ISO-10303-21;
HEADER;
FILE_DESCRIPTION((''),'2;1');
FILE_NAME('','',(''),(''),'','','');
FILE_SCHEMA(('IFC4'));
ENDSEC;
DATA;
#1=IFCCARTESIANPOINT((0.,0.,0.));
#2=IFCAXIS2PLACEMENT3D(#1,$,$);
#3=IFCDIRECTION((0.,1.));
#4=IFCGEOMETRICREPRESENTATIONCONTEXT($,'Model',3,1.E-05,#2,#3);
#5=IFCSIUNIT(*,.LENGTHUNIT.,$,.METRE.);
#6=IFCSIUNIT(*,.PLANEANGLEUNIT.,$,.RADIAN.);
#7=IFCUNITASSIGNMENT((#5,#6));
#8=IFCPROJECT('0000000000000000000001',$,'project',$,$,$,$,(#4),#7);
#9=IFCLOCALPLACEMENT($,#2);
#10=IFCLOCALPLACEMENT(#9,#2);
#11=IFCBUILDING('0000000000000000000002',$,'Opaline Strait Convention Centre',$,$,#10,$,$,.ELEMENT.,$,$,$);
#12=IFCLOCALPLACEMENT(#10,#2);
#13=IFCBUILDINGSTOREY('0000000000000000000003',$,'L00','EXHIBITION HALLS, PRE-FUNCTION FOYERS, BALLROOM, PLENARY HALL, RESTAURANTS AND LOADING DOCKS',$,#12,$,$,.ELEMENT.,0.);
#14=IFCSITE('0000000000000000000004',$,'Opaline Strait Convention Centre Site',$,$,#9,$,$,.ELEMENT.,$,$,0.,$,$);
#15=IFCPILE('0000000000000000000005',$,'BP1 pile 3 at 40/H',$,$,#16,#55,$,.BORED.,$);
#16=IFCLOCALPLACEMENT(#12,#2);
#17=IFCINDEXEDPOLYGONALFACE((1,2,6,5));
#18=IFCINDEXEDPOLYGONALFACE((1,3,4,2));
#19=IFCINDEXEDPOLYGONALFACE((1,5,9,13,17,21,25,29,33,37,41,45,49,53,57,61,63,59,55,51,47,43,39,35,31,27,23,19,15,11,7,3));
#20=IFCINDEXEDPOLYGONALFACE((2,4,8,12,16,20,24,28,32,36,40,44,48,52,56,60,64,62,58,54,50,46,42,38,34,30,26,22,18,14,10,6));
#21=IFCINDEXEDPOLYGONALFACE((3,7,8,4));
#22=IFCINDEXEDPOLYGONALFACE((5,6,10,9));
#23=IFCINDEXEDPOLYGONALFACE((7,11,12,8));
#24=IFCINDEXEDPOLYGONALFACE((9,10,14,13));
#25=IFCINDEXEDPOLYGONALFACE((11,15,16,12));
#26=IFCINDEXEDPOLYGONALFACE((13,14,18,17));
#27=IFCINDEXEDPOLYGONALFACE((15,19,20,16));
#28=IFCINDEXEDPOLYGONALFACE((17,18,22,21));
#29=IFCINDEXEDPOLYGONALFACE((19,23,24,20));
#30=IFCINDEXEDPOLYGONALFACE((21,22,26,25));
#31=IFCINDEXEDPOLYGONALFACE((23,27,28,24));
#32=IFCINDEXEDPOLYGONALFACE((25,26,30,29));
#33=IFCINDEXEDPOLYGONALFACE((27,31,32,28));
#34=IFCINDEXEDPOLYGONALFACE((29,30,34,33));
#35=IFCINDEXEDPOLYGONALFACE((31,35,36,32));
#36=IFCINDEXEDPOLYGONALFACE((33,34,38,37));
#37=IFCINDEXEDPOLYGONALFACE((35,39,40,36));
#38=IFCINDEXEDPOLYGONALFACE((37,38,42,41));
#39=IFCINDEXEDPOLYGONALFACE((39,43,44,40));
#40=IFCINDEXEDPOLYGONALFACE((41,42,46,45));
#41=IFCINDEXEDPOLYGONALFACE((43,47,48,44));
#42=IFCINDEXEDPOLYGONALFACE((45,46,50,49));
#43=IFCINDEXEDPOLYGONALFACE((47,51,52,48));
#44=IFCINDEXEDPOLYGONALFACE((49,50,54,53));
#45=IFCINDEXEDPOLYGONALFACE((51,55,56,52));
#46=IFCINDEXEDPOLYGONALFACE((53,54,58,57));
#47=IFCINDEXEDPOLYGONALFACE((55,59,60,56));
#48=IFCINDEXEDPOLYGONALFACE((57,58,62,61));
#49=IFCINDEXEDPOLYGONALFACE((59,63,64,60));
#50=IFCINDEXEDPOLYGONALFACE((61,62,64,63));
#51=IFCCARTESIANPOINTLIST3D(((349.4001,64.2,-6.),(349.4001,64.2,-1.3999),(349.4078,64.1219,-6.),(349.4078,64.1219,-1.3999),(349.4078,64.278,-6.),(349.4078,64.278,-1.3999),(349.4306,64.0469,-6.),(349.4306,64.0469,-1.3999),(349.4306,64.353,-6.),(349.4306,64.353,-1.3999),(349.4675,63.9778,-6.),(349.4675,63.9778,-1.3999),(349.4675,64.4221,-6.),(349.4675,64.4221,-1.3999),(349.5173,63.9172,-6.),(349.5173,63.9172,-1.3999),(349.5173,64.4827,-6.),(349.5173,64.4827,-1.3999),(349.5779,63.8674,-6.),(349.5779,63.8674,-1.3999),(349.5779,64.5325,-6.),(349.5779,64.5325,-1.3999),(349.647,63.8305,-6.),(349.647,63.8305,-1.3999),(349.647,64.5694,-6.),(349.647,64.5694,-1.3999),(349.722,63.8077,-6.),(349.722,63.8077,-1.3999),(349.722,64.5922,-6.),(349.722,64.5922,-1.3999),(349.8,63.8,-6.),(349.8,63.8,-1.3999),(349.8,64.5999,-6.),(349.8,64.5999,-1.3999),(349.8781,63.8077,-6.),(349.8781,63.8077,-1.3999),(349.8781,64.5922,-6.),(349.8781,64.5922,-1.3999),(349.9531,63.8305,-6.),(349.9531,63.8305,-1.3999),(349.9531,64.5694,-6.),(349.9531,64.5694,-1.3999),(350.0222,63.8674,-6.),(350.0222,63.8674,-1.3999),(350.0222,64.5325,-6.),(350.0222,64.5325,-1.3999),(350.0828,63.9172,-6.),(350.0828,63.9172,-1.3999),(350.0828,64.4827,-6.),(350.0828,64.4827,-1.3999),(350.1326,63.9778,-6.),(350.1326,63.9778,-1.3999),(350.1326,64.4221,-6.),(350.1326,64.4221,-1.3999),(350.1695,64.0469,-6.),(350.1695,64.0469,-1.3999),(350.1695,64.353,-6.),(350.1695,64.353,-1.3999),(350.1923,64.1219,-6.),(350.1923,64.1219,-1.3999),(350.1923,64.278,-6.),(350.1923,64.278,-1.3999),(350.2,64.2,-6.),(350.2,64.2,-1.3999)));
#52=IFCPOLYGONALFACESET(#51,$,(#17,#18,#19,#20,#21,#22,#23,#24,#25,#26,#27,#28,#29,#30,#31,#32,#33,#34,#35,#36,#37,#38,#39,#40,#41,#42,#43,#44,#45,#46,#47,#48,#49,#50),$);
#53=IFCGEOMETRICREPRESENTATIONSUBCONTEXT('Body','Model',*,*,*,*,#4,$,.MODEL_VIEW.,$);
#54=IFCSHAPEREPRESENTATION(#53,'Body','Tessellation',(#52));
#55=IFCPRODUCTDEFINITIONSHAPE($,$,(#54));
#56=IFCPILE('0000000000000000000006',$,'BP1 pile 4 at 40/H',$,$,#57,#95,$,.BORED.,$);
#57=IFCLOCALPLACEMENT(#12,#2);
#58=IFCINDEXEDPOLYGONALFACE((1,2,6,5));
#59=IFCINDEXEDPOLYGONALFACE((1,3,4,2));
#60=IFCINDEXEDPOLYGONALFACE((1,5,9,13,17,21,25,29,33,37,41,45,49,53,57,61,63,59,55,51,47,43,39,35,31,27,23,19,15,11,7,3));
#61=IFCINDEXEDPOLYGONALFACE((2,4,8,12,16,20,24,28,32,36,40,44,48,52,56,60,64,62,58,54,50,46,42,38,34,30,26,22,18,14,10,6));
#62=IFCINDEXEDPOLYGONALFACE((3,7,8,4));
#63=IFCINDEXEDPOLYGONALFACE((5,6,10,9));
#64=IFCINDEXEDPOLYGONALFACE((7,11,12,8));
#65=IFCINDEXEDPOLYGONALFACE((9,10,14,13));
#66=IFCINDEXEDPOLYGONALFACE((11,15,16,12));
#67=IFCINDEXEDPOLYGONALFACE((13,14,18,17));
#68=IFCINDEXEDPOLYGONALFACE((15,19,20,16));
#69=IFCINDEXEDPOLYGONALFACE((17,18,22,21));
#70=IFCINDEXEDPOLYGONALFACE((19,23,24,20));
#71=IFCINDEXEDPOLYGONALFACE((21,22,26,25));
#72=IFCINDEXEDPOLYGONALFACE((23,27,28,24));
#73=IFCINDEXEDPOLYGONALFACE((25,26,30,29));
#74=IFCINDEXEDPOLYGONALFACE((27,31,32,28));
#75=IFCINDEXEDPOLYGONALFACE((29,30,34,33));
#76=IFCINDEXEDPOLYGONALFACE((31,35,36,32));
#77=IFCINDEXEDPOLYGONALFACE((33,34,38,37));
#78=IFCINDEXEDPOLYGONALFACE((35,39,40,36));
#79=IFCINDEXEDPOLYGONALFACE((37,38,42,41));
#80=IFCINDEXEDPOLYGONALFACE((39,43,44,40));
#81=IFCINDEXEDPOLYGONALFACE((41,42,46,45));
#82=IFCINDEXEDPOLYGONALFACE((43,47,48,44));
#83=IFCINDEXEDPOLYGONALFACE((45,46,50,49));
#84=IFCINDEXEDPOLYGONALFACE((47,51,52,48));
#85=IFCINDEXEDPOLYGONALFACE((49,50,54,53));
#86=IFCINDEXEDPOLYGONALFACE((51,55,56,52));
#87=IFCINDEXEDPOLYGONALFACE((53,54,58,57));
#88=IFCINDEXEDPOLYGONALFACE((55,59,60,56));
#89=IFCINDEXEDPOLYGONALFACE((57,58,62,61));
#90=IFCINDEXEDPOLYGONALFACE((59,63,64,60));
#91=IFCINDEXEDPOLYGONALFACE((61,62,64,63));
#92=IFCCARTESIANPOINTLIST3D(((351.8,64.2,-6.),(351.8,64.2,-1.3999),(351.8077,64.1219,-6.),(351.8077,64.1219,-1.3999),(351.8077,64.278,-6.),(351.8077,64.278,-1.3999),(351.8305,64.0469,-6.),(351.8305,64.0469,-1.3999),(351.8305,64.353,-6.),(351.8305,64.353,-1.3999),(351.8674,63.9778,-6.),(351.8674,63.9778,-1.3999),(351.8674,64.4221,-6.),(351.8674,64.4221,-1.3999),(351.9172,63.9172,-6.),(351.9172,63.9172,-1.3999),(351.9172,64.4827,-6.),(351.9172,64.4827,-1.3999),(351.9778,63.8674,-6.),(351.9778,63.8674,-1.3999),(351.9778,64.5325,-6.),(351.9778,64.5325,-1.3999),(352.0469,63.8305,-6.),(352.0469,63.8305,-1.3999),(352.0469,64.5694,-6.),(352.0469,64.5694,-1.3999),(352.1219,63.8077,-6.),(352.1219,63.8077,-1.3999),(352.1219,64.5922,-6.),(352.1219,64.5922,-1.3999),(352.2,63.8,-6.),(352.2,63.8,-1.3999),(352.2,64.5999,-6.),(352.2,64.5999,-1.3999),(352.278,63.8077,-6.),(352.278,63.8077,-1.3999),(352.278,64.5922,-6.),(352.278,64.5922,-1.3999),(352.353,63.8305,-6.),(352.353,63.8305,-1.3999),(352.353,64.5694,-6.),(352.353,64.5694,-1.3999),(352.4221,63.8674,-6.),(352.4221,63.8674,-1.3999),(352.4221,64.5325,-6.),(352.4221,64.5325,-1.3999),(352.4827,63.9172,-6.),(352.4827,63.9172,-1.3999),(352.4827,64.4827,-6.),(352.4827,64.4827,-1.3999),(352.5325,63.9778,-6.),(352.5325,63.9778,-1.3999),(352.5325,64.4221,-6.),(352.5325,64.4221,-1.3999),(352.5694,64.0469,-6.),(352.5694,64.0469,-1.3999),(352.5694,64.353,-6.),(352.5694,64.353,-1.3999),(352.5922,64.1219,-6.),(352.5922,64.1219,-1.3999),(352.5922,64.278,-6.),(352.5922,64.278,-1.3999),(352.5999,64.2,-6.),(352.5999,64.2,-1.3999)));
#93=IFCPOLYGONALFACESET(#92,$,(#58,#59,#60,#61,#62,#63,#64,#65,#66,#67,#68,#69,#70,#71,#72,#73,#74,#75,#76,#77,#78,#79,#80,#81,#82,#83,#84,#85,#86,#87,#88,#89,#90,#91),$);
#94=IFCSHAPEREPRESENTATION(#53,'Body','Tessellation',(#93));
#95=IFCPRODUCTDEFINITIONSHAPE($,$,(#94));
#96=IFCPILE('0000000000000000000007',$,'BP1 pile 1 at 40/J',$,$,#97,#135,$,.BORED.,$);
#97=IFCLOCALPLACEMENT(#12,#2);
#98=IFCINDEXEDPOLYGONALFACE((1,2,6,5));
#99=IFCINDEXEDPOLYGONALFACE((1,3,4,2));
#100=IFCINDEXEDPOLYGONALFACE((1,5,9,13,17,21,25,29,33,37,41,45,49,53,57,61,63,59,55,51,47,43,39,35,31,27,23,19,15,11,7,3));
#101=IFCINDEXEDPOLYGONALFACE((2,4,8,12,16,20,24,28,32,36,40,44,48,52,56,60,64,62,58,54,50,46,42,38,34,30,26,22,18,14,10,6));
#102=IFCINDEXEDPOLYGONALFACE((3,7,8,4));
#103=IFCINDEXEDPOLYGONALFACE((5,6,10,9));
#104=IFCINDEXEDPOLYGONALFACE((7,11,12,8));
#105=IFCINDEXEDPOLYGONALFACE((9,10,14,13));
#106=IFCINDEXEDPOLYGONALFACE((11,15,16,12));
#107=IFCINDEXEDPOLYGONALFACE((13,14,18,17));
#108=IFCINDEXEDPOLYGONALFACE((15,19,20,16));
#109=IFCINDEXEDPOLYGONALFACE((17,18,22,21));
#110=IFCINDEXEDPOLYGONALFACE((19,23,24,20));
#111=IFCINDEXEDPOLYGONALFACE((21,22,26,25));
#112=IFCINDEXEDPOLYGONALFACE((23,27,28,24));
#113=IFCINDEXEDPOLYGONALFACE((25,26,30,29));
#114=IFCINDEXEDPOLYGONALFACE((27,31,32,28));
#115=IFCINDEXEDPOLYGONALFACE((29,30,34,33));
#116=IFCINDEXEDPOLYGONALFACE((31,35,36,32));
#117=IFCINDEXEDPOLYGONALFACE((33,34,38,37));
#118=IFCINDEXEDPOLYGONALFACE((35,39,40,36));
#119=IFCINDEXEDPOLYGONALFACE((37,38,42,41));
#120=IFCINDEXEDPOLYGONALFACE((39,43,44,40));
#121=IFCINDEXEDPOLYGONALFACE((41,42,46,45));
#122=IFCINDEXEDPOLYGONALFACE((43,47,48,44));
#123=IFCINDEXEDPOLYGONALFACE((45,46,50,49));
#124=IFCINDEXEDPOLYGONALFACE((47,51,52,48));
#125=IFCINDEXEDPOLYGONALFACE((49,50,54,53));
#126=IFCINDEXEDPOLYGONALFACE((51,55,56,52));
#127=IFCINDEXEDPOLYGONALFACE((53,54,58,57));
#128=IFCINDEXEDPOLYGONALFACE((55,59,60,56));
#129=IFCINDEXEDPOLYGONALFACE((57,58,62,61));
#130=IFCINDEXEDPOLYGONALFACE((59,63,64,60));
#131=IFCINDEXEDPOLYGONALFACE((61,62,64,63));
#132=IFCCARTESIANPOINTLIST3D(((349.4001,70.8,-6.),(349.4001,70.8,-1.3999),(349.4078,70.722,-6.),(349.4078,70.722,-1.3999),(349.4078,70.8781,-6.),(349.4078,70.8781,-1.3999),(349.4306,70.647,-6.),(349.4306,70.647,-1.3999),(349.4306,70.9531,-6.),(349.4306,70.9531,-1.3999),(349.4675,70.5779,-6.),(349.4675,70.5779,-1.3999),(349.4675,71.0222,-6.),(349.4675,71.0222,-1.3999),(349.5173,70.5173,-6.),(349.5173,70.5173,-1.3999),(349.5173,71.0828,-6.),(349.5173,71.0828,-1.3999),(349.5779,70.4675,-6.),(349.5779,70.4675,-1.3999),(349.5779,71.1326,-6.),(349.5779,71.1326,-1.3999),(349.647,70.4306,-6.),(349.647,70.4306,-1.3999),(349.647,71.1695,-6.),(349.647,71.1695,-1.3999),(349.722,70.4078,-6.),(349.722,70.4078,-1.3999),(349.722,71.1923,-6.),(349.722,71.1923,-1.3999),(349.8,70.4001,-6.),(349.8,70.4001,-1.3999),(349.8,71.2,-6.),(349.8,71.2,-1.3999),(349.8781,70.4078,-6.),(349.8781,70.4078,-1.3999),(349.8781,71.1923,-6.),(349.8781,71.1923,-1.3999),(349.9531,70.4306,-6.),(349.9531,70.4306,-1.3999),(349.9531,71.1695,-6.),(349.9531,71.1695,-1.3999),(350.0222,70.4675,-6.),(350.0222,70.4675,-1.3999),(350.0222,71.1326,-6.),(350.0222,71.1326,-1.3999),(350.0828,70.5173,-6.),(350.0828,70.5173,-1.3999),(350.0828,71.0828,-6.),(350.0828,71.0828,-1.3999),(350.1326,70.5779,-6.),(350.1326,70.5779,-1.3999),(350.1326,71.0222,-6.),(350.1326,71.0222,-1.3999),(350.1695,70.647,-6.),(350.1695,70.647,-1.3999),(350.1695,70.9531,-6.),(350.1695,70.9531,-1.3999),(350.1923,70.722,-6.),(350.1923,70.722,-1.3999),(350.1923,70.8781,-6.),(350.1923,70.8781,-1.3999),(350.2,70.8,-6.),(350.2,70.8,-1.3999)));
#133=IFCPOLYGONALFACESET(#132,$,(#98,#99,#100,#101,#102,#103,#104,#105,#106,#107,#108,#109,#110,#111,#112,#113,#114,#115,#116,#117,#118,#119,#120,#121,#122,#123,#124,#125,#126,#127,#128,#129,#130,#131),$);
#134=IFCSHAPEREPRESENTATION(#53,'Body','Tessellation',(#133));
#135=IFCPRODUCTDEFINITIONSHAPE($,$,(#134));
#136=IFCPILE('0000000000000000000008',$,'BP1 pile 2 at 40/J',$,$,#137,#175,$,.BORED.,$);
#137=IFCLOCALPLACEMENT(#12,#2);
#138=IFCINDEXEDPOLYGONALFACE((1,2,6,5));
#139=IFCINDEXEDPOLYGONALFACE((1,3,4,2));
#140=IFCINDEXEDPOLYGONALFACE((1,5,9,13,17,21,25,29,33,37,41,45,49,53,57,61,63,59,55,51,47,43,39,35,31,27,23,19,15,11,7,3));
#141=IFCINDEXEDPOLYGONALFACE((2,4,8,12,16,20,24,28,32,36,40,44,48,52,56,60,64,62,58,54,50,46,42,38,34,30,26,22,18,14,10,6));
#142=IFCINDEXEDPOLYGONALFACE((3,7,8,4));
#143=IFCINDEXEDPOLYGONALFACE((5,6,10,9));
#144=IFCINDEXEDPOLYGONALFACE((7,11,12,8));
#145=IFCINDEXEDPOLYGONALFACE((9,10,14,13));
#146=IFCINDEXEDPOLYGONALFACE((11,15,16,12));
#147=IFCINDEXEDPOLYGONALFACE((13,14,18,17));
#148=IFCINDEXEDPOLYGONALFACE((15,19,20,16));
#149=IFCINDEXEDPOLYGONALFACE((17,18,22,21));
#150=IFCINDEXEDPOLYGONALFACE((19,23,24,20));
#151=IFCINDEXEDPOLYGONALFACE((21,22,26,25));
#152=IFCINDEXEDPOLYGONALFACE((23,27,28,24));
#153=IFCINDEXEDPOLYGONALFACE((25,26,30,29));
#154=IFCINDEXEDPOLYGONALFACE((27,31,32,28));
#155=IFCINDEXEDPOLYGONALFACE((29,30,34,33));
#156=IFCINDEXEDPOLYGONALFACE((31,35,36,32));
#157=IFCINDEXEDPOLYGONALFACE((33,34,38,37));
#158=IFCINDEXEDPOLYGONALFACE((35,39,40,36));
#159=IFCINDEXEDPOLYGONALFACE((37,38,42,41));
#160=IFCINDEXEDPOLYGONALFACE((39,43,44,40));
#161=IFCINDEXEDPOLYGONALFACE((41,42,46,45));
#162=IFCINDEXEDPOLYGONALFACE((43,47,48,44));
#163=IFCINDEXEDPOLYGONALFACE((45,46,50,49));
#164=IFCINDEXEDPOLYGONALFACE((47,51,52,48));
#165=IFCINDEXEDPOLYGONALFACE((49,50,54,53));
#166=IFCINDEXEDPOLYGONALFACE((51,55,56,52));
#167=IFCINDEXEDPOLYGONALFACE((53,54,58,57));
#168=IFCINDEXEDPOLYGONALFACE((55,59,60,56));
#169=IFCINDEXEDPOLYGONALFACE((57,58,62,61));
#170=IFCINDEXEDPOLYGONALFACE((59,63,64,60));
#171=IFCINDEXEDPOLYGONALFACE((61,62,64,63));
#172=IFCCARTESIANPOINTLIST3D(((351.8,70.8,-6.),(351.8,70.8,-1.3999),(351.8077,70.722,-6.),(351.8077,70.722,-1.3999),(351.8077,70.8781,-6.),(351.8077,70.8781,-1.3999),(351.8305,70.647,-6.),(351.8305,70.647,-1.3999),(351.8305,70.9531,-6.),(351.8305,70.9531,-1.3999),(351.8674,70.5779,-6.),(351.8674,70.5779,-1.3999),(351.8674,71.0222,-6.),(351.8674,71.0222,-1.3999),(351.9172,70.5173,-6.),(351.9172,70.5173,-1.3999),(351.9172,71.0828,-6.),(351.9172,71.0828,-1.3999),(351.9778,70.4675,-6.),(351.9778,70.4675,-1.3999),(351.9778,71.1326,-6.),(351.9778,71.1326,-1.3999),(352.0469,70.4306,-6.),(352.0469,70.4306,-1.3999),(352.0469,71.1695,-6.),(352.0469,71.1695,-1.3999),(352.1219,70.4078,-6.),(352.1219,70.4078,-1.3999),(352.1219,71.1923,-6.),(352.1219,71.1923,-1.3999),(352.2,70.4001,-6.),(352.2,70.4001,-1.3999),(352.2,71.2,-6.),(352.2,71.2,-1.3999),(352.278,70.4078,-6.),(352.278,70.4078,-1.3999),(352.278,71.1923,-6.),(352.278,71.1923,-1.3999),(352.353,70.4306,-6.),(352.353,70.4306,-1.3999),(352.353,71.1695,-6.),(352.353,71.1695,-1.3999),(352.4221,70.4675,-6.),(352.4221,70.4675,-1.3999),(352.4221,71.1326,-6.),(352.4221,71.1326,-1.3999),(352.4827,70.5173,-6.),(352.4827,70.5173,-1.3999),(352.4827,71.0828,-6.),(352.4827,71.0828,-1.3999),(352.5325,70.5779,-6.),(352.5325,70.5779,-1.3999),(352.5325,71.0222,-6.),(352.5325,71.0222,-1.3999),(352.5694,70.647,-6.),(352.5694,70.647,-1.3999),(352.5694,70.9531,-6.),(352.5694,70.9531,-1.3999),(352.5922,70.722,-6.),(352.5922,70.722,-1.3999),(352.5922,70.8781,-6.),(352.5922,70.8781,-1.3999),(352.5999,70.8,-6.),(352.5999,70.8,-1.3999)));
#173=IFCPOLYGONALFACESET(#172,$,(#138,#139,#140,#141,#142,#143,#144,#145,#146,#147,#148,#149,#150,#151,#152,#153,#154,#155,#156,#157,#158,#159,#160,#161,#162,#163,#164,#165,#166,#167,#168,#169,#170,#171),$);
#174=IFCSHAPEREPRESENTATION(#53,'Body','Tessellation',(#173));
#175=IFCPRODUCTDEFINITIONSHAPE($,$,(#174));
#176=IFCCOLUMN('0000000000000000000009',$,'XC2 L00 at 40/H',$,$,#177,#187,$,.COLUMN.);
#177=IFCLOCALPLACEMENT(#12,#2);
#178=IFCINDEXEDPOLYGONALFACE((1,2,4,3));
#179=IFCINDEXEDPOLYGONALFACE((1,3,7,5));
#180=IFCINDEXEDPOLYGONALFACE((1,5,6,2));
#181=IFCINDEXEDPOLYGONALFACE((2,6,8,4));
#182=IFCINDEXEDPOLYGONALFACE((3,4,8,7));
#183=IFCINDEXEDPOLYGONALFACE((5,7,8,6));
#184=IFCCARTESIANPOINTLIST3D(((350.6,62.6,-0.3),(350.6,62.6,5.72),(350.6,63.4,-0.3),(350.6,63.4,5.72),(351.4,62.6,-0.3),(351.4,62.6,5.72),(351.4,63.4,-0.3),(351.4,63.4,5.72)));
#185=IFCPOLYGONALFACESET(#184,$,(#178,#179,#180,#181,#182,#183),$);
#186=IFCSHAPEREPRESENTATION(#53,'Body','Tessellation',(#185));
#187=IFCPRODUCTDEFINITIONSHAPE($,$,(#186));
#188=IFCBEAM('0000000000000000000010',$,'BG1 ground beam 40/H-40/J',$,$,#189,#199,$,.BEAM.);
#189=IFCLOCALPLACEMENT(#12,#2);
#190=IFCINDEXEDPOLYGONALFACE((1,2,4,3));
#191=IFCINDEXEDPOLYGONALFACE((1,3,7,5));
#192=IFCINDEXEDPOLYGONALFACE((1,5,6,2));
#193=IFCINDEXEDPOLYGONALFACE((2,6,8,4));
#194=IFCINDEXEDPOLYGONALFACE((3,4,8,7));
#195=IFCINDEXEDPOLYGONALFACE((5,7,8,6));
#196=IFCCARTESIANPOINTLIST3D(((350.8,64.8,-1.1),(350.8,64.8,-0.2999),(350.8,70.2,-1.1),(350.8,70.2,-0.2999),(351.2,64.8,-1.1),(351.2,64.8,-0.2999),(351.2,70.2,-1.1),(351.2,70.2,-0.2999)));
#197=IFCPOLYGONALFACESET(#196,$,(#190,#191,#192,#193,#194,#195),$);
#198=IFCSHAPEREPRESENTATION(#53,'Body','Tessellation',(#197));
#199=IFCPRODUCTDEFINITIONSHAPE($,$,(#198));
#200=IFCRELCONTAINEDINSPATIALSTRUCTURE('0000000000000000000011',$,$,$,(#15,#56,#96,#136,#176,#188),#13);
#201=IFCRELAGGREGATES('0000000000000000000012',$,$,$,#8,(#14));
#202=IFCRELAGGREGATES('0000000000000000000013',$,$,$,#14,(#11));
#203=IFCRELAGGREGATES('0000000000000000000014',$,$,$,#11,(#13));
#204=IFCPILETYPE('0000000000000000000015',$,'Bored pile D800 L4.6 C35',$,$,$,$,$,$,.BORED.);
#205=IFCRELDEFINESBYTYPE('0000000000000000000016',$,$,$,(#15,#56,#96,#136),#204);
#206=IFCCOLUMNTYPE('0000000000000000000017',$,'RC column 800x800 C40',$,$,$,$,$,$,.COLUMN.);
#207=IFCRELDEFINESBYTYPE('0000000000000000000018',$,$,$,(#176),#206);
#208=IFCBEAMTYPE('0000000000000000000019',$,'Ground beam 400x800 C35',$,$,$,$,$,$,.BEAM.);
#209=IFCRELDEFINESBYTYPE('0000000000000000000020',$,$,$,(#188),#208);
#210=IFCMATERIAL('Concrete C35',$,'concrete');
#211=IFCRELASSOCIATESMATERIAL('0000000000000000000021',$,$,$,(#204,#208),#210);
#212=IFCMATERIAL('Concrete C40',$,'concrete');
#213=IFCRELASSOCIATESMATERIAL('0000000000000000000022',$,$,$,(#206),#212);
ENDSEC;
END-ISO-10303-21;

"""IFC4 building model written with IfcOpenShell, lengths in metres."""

from ifc_helpers import new_model, si_unit, direction, frame, origin, origin_2d, place, context, subcontext, project, spatial, rectangle, circle, extrude, material, material_profile, profile_set, type_object, element, save


model = new_model("IFC4")

# Units and contexts
model_context = context("Model", 3, precision=1e-05, world=origin(), true_north=direction((0.0, 1.0)))
body_context = subcontext(model_context, "Body", "Model", "MODEL_VIEW")
ifc_project = project(units=[si_unit("LENGTHUNIT", "METRE"), si_unit("PLANEANGLEUNIT", "RADIAN")], contexts=[model_context])

# Site, building, storey
site_placement = place(None, origin())
site = spatial("IfcSite", under=ifc_project, at=site_placement, Name="Opaline Strait Convention Centre Site", CompositionType="ELEMENT", RefElevation=0.0)
building_placement = place(site_placement, origin())
building = spatial("IfcBuilding", under=site, at=building_placement, Name="Opaline Strait Convention Centre", CompositionType="ELEMENT")
storey_placement = place(building_placement, origin())
storey = spatial("IfcBuildingStorey", under=building, at=storey_placement, Name="L00", Description="EXHIBITION HALLS, PRE-FUNCTION FOYERS, BALLROOM, PLENARY HALL, RESTAURANTS AND LOADING DOCKS", CompositionType="ELEMENT", Elevation=0.0)

# Piles
ifc_material_1 = material(Name="Concrete C35", Category="concrete")
ifc_material_profile_1 = material_profile(ifc_material_1, circle(Radius=0.3999, at=origin_2d()), Name="D800")
ifc_profile_set_1 = profile_set([ifc_material_profile_1], Name="Concrete C35")
pile_type = type_object("IfcPileType", Name="Bored pile D800 L4.6 C35", PredefinedType="BORED", material=ifc_profile_set_1)
for number, where, z_axis, x_axis, name in (
    (1, (349.8, 64.2, -1.3999), (0.0, 0.0, -1.0), (1.0, 0.0, 0.0), "BP1 pile 3 at 40/H"),
    (2, (352.2, 64.2, -1.3999), (0.0, 0.0, -1.0), (1.0, 0.0, 0.0), "BP1 pile 4 at 40/H"),
    (3, (349.8, 70.8, -1.3999), (0.0, 0.0, -1.0), (1.0, 0.0, 0.0), "BP1 pile 1 at 40/J"),
    (4, (352.2, 70.8, -1.3999), (0.0, 0.0, -1.0), (1.0, 0.0, 0.0), "BP1 pile 2 at 40/J"),
):
    element("IfcPile", number, at=place(storey_placement, frame(where, z_axis=z_axis, x_axis=x_axis)), inside=storey, type_object=pile_type, Name=name, PredefinedType="BORED", context=body_context, shape_type="SweptSolid", body=[
        extrude(circle(Radius=0.3999, at=origin_2d()), origin(), (0.0, 0.0, 1.0), 4.6001),
    ])

# Column
ifc_material_2 = material(Name="Concrete C40", Category="concrete")
ifc_material_profile_2 = material_profile(ifc_material_2, rectangle(XDim=0.8, YDim=0.8, at=origin_2d()), Name="RC 800x800")
ifc_profile_set_2 = profile_set([ifc_material_profile_2], Name="Concrete C40")
column_type = type_object("IfcColumnType", Name="RC column 800x800 C40", PredefinedType="COLUMN", material=ifc_profile_set_2)
column_placement = place(storey_placement, frame((351.0, 63.0, -0.3), z_axis=(0.0, 0.0, 1.0), x_axis=(1.0, 0.0, 0.0)))
element("IfcColumn", 5, at=column_placement, inside=storey, type_object=column_type, Name="XC2 L00 at 40/H", PredefinedType="COLUMN", context=body_context, shape_type="SweptSolid", body=[
    extrude(rectangle(XDim=0.8, YDim=0.8, at=origin_2d()), origin(), (0.0, 0.0, 1.0), 6.02),
])

# Beam
ifc_material_profile_3 = material_profile(ifc_material_1, rectangle(XDim=0.3999, YDim=0.8, at=origin_2d()), Name="RC 400x800")
ifc_profile_set_3 = profile_set([ifc_material_profile_3], Name="Concrete C35")
beam_type = type_object("IfcBeamType", Name="Ground beam 400x800 C35", PredefinedType="BEAM", material=ifc_profile_set_3)
beam_placement = place(storey_placement, frame((351.0, 64.8, -0.7), z_axis=(0.0, 1.0, 0.0), x_axis=(-1.0, 0.0, 0.0)))
element("IfcBeam", 6, at=beam_placement, inside=storey, type_object=beam_type, Name="BG1 ground beam 40/H-40/J", PredefinedType="BEAM", context=body_context, shape_type="SweptSolid", body=[
    extrude(rectangle(XDim=0.3999, YDim=0.8, at=origin_2d()), origin(), (0.0, 0.0, 1.0), 5.3999),
])

save(model, "model.ifc")
